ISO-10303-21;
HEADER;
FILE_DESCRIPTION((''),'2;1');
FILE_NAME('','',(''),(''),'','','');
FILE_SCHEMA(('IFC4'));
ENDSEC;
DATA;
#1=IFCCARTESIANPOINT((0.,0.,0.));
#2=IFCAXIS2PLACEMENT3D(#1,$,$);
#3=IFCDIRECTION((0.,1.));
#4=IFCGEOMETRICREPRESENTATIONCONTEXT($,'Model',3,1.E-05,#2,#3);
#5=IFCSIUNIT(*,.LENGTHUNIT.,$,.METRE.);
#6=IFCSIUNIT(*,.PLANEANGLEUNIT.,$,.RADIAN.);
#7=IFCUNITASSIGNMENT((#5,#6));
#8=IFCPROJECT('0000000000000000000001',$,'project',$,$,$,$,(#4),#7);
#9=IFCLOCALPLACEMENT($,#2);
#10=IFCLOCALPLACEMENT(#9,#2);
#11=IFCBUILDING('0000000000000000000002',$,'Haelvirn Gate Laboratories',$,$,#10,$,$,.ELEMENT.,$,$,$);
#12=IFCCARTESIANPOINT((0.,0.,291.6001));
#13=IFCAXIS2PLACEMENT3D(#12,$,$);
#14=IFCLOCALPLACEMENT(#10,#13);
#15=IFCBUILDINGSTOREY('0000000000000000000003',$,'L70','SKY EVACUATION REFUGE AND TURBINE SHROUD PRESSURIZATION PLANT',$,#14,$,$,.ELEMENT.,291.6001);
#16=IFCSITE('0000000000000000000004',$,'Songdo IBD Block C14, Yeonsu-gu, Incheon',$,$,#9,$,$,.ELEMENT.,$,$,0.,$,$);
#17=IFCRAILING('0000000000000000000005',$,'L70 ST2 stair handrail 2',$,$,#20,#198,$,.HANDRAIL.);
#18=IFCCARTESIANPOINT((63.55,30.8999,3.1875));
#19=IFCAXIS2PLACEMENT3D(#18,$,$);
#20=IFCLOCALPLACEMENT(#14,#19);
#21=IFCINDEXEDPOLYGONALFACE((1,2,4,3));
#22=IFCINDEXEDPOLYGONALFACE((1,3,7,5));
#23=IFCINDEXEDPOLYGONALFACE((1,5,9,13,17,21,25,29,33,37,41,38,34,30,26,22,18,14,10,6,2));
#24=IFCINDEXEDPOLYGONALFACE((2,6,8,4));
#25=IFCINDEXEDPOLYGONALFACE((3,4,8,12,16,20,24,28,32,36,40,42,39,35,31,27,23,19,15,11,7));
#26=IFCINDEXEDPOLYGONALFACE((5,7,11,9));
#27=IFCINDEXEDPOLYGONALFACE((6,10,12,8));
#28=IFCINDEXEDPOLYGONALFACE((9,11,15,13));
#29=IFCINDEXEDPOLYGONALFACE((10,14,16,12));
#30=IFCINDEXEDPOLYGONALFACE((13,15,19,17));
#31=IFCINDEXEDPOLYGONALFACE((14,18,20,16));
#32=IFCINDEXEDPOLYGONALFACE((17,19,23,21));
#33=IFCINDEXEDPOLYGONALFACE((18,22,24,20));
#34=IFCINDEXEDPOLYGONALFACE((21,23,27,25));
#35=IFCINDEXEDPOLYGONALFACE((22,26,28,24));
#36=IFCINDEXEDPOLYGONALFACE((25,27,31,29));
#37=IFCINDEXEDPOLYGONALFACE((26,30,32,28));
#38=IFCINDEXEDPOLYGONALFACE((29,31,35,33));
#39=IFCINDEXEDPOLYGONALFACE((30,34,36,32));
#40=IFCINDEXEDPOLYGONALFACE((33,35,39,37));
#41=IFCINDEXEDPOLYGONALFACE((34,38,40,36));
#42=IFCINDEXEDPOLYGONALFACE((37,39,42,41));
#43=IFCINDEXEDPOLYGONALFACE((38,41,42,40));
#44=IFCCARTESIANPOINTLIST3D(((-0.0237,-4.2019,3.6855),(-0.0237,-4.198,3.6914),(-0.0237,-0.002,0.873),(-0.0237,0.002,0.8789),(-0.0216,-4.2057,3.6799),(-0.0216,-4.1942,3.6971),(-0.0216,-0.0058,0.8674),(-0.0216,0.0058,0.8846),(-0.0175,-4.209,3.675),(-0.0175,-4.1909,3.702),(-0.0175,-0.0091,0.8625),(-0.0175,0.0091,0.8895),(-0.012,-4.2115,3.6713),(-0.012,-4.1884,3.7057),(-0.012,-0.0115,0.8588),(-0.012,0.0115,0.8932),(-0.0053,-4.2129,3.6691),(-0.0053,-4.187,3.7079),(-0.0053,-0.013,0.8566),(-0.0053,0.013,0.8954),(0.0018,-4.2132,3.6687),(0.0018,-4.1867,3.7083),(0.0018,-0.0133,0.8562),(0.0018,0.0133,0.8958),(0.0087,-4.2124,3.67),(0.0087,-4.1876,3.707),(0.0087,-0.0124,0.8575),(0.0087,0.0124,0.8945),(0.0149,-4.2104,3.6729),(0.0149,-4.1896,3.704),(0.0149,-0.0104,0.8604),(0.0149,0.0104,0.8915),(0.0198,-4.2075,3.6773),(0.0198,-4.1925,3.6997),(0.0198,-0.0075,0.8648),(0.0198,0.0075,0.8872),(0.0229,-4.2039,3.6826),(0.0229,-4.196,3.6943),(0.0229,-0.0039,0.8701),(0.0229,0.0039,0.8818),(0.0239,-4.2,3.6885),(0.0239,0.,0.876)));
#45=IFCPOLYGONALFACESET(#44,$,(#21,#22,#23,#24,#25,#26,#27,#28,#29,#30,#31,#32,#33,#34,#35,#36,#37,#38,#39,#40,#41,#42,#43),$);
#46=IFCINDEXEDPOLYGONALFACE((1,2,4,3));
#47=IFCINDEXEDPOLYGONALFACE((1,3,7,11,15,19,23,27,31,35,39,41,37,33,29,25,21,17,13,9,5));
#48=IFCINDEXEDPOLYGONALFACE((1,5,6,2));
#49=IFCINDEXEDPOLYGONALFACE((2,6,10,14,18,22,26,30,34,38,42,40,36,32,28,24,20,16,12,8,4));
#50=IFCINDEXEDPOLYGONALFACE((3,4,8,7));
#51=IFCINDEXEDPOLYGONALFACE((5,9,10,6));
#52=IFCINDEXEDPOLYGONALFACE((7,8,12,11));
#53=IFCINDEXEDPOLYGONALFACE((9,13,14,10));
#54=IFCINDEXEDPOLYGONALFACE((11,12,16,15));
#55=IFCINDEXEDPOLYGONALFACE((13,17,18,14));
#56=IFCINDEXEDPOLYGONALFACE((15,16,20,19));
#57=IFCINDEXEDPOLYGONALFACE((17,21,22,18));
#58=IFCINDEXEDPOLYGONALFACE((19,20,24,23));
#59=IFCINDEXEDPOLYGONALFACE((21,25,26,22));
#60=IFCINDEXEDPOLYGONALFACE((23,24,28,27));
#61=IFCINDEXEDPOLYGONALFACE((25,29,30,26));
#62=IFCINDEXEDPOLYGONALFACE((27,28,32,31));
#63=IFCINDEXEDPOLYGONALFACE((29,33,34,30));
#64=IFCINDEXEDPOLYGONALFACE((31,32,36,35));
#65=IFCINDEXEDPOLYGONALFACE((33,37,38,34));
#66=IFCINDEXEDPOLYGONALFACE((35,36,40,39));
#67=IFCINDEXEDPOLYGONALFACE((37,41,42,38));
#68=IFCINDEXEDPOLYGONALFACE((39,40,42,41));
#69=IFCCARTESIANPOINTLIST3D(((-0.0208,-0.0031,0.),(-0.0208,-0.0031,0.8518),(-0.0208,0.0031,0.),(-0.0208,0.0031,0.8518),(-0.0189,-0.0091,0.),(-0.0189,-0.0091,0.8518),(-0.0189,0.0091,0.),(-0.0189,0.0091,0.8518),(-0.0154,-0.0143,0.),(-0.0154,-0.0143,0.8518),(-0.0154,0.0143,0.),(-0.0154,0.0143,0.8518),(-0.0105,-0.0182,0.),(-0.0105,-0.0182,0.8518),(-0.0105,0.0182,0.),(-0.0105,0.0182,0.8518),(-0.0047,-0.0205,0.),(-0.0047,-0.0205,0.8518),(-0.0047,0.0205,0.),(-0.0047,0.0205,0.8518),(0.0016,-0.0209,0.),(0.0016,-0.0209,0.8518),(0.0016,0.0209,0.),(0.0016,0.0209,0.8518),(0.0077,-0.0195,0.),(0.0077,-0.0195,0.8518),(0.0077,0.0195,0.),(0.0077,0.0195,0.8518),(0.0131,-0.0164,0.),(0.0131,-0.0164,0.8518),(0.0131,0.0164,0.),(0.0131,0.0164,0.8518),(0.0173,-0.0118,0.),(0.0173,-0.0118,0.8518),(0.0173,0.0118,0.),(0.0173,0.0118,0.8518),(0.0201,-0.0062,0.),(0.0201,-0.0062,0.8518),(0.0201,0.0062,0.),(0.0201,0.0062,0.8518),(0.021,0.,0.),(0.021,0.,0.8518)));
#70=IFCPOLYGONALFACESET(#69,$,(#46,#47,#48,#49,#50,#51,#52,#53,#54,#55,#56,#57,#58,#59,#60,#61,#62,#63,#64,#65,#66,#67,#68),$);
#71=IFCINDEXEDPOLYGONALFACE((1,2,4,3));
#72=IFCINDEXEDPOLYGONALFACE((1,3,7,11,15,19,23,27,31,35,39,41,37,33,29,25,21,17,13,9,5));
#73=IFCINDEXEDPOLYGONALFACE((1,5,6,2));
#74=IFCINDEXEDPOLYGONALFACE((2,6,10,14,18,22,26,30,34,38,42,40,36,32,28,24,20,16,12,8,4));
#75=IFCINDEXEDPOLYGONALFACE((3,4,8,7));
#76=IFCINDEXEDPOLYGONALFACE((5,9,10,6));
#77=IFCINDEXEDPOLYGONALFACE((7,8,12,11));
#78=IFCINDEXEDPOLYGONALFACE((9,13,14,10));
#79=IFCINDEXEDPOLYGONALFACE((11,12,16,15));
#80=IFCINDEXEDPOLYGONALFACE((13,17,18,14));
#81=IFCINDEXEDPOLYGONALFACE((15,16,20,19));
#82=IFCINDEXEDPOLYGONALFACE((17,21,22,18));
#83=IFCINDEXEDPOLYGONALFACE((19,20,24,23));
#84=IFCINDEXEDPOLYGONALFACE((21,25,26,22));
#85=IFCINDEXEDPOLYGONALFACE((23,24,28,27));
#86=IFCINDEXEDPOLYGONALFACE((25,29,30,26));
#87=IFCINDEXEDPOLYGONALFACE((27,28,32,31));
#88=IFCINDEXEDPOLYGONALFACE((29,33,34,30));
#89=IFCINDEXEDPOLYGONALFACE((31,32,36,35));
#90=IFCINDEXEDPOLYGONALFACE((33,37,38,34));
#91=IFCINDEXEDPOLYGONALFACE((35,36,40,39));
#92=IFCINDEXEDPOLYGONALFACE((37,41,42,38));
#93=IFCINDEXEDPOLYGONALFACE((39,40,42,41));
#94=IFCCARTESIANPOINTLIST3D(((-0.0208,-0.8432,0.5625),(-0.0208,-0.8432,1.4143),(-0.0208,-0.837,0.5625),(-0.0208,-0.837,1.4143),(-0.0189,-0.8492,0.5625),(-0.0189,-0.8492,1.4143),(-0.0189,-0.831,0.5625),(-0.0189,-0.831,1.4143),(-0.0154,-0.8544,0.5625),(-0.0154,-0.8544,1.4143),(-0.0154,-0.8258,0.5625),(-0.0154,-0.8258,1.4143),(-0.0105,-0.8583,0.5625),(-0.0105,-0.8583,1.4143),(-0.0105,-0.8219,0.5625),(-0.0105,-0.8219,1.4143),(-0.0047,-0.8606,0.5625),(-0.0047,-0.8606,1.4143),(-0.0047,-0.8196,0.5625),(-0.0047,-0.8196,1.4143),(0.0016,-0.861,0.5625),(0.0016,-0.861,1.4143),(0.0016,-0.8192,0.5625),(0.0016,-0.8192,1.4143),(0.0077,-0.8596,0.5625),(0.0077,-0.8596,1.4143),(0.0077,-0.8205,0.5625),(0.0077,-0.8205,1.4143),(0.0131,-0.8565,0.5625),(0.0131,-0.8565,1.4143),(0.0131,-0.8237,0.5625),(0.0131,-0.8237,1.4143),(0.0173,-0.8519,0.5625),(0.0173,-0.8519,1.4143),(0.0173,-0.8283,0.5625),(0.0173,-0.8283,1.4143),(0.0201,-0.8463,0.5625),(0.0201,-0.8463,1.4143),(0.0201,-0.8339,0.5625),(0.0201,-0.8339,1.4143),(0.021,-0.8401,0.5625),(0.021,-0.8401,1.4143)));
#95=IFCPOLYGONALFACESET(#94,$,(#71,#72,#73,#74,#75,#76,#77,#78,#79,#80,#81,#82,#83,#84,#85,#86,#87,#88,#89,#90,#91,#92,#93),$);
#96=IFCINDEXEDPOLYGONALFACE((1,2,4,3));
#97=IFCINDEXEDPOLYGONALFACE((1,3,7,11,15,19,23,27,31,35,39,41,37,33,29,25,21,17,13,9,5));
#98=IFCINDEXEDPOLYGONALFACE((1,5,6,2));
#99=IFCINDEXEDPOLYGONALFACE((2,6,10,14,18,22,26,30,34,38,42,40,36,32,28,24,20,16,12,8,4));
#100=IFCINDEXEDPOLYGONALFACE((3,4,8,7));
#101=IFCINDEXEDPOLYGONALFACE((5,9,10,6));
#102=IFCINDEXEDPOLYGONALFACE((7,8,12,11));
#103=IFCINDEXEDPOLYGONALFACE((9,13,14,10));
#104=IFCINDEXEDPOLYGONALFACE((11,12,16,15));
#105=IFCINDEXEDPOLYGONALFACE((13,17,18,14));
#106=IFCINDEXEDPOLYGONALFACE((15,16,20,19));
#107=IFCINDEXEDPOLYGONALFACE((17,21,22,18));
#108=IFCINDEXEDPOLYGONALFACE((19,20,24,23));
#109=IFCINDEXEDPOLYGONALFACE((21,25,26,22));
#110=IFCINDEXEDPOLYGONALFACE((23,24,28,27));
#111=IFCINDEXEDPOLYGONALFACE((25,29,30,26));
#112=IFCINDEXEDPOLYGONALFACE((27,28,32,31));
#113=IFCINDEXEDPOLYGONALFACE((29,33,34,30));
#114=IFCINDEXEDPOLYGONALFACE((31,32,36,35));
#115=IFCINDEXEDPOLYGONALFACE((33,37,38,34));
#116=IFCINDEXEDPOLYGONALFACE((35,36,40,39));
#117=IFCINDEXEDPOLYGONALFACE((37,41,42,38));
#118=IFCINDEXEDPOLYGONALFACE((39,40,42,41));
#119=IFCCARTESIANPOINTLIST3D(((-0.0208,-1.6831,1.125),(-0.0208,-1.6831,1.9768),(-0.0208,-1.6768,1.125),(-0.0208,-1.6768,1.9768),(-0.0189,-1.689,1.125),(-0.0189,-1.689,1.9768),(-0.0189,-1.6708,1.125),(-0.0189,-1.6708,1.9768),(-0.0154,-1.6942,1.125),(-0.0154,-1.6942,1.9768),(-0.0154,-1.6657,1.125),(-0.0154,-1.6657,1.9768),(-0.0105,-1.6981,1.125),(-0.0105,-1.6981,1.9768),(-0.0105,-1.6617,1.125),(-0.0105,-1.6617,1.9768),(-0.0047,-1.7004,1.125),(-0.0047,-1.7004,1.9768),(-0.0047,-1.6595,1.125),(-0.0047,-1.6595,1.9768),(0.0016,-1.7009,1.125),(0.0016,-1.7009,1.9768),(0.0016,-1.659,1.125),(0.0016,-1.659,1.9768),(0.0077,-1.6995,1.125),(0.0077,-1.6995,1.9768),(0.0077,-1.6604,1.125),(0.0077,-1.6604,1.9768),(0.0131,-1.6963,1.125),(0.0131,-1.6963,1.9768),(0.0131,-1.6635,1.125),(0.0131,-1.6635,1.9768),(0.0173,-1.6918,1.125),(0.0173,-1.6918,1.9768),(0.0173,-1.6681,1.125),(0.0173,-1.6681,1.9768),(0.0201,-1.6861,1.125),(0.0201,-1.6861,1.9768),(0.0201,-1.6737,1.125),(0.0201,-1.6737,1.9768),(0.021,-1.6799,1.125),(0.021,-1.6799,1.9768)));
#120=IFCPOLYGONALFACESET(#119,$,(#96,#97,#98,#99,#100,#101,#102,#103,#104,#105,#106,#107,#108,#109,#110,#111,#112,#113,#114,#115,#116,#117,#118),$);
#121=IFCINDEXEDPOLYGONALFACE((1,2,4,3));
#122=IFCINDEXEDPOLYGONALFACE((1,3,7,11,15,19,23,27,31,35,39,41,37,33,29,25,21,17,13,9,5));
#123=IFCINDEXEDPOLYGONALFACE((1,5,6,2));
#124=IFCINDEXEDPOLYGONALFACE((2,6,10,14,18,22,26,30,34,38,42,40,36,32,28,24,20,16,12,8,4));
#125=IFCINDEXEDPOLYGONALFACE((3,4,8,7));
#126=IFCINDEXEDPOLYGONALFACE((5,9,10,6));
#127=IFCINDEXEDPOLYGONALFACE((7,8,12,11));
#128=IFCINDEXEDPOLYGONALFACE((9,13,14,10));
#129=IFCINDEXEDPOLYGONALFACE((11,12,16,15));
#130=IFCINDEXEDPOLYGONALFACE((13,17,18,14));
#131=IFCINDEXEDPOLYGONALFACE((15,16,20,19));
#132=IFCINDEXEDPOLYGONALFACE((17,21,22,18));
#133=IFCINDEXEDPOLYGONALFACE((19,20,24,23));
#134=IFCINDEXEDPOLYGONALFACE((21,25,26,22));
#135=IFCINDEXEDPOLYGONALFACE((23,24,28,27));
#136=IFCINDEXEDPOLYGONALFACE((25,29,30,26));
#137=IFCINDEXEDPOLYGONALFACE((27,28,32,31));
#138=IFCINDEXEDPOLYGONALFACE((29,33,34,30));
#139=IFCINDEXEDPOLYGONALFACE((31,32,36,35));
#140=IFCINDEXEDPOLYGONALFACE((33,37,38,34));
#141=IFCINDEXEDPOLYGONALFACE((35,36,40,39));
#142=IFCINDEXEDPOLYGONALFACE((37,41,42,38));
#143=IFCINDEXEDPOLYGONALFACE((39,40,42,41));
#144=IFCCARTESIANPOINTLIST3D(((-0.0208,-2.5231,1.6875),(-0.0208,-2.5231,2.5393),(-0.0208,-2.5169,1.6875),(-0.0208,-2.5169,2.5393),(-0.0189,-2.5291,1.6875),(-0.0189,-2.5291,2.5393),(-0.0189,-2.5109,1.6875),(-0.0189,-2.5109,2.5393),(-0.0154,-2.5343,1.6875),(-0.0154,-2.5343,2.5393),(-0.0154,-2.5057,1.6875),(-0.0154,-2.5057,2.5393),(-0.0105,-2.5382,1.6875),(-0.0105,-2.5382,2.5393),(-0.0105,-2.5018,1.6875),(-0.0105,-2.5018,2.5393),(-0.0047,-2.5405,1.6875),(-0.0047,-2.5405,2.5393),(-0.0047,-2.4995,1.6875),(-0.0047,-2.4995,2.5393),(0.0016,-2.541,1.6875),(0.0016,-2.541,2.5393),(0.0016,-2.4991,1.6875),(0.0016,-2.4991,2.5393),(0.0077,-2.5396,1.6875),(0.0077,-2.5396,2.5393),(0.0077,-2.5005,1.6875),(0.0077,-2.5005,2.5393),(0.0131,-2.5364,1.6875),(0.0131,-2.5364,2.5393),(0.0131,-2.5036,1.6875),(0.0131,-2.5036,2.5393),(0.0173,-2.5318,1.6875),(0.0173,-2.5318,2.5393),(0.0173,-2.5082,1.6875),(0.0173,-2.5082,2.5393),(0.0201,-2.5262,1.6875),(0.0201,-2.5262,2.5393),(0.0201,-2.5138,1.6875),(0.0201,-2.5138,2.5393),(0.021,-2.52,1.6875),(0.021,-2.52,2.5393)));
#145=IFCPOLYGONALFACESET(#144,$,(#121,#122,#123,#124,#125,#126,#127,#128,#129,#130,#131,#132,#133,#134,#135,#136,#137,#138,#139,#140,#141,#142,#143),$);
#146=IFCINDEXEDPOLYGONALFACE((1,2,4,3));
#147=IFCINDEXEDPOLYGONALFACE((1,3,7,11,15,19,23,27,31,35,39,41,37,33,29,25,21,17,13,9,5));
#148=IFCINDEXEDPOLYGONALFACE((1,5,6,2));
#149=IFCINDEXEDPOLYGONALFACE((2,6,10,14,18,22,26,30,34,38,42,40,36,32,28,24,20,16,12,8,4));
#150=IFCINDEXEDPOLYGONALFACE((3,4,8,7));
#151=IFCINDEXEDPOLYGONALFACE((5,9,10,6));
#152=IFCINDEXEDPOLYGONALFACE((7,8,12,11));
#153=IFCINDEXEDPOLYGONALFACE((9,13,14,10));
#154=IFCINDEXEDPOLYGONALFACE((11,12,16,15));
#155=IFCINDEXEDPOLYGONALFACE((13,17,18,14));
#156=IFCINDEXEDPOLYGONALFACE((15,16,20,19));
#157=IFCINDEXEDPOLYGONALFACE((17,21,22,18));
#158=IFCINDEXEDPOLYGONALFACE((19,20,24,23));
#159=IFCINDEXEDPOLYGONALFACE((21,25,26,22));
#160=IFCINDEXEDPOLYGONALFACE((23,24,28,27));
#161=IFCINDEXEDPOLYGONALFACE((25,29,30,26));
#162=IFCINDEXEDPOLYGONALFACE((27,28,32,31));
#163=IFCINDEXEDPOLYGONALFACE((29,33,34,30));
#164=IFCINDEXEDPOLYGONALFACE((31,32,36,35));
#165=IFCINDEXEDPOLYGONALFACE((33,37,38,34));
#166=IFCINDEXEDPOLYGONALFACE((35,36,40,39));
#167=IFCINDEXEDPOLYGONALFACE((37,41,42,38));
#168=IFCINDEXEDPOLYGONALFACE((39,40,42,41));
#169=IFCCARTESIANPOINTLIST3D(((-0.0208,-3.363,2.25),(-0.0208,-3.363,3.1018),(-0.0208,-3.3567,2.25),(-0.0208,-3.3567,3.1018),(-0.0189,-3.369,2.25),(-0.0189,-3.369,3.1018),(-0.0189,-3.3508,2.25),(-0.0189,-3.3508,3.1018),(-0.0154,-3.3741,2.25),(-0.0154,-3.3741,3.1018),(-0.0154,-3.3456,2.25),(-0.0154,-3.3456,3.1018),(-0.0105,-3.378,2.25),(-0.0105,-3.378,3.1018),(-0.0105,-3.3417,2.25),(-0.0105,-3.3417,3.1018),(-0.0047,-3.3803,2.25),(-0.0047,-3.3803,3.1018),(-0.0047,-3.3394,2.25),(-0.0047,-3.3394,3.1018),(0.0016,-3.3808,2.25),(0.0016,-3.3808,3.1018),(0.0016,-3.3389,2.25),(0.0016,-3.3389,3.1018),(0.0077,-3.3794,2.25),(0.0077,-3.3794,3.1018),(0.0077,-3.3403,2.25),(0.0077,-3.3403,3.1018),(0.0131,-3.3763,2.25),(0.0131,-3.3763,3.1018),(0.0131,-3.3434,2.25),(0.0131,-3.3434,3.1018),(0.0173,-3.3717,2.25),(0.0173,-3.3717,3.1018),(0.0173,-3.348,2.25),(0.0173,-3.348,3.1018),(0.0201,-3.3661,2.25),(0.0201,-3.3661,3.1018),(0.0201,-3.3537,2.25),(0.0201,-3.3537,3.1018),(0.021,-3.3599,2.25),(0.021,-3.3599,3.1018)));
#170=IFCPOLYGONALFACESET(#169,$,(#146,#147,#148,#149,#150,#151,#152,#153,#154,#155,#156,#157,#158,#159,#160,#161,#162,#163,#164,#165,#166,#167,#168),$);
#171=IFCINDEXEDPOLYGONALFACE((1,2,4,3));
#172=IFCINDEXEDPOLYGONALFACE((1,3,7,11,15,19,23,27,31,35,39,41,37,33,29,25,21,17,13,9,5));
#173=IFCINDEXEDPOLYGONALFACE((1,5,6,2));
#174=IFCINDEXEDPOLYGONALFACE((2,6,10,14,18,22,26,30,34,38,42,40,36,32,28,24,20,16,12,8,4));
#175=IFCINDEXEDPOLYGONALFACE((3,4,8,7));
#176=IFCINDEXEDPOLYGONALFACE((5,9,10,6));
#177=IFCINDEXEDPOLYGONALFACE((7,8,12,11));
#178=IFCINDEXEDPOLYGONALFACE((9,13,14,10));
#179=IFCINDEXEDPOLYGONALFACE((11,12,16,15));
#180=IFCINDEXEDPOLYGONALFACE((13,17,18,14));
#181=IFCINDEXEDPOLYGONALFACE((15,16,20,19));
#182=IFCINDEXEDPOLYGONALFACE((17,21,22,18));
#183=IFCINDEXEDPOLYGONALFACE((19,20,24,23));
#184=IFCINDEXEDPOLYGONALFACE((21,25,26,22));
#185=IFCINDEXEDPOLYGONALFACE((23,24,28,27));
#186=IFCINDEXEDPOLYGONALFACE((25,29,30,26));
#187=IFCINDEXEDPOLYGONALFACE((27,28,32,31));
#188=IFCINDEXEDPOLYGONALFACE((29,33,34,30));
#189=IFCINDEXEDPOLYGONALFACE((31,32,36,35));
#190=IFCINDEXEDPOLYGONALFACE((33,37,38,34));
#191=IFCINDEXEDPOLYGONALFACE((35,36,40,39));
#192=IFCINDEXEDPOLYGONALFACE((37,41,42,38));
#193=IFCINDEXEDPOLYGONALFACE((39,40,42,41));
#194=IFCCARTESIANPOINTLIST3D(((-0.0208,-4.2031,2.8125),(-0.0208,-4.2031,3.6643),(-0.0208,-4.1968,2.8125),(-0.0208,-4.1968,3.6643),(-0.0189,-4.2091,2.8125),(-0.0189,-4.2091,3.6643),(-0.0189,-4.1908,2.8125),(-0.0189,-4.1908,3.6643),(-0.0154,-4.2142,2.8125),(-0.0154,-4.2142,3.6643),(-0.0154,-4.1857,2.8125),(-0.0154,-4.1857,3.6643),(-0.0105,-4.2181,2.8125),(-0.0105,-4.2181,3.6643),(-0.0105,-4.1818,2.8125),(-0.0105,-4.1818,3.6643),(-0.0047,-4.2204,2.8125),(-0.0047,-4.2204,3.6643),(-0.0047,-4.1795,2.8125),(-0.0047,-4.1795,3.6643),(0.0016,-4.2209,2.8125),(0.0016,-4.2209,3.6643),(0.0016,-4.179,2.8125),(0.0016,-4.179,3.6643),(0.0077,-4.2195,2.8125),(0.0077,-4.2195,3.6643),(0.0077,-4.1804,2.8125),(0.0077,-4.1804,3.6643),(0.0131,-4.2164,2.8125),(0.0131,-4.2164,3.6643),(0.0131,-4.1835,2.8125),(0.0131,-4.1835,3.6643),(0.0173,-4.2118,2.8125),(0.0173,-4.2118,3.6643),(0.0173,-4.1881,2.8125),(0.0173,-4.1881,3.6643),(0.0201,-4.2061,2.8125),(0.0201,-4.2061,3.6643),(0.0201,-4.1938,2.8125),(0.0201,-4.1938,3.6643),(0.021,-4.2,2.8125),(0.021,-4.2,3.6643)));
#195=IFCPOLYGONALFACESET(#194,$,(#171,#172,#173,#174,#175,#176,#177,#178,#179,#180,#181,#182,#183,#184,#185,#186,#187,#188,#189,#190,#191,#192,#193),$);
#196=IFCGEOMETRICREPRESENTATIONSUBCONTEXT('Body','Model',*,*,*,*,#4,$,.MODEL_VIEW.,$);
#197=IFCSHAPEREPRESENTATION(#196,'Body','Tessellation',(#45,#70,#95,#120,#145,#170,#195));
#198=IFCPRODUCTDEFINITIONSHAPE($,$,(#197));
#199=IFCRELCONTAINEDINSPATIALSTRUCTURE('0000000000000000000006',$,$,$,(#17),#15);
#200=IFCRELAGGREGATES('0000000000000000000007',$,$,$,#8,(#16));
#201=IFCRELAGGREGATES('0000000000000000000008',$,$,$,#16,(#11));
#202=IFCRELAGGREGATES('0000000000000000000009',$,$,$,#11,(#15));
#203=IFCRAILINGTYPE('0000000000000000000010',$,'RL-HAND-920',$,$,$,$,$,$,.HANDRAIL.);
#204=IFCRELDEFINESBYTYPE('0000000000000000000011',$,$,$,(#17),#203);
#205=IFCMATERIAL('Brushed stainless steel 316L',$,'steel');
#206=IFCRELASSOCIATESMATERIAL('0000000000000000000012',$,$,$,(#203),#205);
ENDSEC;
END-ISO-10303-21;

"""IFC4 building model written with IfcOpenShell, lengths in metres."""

from ifc_helpers import new_model, si_unit, direction, frame, origin, origin_2d, place, context, subcontext, project, spatial, circle, extrude, source, transform, mapped, material, type_object, element, save


model = new_model("IFC4")

# Units and contexts
model_context = context("Model", 3, precision=1e-05, world=origin(), true_north=direction((0.0, 1.0)))
body_context = subcontext(model_context, "Body", "Model", "MODEL_VIEW")
ifc_project = project(units=[si_unit("LENGTHUNIT", "METRE"), si_unit("PLANEANGLEUNIT", "RADIAN")], contexts=[model_context])

# Site, building, storey
site_placement = place(None, origin())
site = spatial("IfcSite", under=ifc_project, at=site_placement, Name="Songdo IBD Block C14, Yeonsu-gu, Incheon", CompositionType="ELEMENT", RefElevation=0.0)
building_placement = place(site_placement, origin())
building = spatial("IfcBuilding", under=site, at=building_placement, Name="Haelvirn Gate Laboratories", CompositionType="ELEMENT")
storey_placement = place(building_placement, frame((0.0, 0.0, 291.6001)))
storey = spatial("IfcBuildingStorey", under=building, at=storey_placement, Name="L70", Description="SKY EVACUATION REFUGE AND TURBINE SHROUD PRESSURIZATION PLANT", CompositionType="ELEMENT", Elevation=291.6001)

# Railing
ifc_material_1 = material(Name="Brushed stainless steel 316L", Category="steel")
railing_type_1 = type_object("IfcRailingType", Name="RL-HAND-920", PredefinedType="HANDRAIL", material=ifc_material_1)
shared_shape_1 = source(origin(), body_context, "Body", "SweptSolid", [
    extrude(circle(Radius=0.0239, at=origin_2d()), frame((0.0, 0.0, 0.876), z_axis=(0.0, -0.830904, 0.556416), x_axis=(1.0, 0.0, 0.0)), (0.0, 0.0, 1.0), 5.0547),
    extrude(circle(Radius=0.021, at=origin_2d()), origin(), (0.0, 0.0, 1.0), 0.8518),
    extrude(circle(Radius=0.021, at=origin_2d()), frame((0.0, -0.8401, 0.5625)), (0.0, 0.0, 1.0), 0.8518),
    extrude(circle(Radius=0.021, at=origin_2d()), frame((0.0, -1.6799, 1.125)), (0.0, 0.0, 1.0), 0.8518),
    extrude(circle(Radius=0.021, at=origin_2d()), frame((0.0, -2.52, 1.6875)), (0.0, 0.0, 1.0), 0.8518),
    extrude(circle(Radius=0.021, at=origin_2d()), frame((0.0, -3.3599, 2.25)), (0.0, 0.0, 1.0), 0.8518),
    extrude(circle(Radius=0.021, at=origin_2d()), frame((0.0, -4.2, 2.8125)), (0.0, 0.0, 1.0), 0.8518),
])
railing_1_placement = place(storey_placement, frame((63.55, 30.8999, 3.1875)))
element("IfcRailing", 1, at=railing_1_placement, inside=storey, type_object=railing_type_1, Name="L70 ST2 stair handrail 2", PredefinedType="HANDRAIL", context=body_context, shape_type="MappedRepresentation", body=[
    mapped(shared_shape_1, transform((0.0, 0.0, 0.0), scale=1.0)),
])

save(model, "model.ifc")
